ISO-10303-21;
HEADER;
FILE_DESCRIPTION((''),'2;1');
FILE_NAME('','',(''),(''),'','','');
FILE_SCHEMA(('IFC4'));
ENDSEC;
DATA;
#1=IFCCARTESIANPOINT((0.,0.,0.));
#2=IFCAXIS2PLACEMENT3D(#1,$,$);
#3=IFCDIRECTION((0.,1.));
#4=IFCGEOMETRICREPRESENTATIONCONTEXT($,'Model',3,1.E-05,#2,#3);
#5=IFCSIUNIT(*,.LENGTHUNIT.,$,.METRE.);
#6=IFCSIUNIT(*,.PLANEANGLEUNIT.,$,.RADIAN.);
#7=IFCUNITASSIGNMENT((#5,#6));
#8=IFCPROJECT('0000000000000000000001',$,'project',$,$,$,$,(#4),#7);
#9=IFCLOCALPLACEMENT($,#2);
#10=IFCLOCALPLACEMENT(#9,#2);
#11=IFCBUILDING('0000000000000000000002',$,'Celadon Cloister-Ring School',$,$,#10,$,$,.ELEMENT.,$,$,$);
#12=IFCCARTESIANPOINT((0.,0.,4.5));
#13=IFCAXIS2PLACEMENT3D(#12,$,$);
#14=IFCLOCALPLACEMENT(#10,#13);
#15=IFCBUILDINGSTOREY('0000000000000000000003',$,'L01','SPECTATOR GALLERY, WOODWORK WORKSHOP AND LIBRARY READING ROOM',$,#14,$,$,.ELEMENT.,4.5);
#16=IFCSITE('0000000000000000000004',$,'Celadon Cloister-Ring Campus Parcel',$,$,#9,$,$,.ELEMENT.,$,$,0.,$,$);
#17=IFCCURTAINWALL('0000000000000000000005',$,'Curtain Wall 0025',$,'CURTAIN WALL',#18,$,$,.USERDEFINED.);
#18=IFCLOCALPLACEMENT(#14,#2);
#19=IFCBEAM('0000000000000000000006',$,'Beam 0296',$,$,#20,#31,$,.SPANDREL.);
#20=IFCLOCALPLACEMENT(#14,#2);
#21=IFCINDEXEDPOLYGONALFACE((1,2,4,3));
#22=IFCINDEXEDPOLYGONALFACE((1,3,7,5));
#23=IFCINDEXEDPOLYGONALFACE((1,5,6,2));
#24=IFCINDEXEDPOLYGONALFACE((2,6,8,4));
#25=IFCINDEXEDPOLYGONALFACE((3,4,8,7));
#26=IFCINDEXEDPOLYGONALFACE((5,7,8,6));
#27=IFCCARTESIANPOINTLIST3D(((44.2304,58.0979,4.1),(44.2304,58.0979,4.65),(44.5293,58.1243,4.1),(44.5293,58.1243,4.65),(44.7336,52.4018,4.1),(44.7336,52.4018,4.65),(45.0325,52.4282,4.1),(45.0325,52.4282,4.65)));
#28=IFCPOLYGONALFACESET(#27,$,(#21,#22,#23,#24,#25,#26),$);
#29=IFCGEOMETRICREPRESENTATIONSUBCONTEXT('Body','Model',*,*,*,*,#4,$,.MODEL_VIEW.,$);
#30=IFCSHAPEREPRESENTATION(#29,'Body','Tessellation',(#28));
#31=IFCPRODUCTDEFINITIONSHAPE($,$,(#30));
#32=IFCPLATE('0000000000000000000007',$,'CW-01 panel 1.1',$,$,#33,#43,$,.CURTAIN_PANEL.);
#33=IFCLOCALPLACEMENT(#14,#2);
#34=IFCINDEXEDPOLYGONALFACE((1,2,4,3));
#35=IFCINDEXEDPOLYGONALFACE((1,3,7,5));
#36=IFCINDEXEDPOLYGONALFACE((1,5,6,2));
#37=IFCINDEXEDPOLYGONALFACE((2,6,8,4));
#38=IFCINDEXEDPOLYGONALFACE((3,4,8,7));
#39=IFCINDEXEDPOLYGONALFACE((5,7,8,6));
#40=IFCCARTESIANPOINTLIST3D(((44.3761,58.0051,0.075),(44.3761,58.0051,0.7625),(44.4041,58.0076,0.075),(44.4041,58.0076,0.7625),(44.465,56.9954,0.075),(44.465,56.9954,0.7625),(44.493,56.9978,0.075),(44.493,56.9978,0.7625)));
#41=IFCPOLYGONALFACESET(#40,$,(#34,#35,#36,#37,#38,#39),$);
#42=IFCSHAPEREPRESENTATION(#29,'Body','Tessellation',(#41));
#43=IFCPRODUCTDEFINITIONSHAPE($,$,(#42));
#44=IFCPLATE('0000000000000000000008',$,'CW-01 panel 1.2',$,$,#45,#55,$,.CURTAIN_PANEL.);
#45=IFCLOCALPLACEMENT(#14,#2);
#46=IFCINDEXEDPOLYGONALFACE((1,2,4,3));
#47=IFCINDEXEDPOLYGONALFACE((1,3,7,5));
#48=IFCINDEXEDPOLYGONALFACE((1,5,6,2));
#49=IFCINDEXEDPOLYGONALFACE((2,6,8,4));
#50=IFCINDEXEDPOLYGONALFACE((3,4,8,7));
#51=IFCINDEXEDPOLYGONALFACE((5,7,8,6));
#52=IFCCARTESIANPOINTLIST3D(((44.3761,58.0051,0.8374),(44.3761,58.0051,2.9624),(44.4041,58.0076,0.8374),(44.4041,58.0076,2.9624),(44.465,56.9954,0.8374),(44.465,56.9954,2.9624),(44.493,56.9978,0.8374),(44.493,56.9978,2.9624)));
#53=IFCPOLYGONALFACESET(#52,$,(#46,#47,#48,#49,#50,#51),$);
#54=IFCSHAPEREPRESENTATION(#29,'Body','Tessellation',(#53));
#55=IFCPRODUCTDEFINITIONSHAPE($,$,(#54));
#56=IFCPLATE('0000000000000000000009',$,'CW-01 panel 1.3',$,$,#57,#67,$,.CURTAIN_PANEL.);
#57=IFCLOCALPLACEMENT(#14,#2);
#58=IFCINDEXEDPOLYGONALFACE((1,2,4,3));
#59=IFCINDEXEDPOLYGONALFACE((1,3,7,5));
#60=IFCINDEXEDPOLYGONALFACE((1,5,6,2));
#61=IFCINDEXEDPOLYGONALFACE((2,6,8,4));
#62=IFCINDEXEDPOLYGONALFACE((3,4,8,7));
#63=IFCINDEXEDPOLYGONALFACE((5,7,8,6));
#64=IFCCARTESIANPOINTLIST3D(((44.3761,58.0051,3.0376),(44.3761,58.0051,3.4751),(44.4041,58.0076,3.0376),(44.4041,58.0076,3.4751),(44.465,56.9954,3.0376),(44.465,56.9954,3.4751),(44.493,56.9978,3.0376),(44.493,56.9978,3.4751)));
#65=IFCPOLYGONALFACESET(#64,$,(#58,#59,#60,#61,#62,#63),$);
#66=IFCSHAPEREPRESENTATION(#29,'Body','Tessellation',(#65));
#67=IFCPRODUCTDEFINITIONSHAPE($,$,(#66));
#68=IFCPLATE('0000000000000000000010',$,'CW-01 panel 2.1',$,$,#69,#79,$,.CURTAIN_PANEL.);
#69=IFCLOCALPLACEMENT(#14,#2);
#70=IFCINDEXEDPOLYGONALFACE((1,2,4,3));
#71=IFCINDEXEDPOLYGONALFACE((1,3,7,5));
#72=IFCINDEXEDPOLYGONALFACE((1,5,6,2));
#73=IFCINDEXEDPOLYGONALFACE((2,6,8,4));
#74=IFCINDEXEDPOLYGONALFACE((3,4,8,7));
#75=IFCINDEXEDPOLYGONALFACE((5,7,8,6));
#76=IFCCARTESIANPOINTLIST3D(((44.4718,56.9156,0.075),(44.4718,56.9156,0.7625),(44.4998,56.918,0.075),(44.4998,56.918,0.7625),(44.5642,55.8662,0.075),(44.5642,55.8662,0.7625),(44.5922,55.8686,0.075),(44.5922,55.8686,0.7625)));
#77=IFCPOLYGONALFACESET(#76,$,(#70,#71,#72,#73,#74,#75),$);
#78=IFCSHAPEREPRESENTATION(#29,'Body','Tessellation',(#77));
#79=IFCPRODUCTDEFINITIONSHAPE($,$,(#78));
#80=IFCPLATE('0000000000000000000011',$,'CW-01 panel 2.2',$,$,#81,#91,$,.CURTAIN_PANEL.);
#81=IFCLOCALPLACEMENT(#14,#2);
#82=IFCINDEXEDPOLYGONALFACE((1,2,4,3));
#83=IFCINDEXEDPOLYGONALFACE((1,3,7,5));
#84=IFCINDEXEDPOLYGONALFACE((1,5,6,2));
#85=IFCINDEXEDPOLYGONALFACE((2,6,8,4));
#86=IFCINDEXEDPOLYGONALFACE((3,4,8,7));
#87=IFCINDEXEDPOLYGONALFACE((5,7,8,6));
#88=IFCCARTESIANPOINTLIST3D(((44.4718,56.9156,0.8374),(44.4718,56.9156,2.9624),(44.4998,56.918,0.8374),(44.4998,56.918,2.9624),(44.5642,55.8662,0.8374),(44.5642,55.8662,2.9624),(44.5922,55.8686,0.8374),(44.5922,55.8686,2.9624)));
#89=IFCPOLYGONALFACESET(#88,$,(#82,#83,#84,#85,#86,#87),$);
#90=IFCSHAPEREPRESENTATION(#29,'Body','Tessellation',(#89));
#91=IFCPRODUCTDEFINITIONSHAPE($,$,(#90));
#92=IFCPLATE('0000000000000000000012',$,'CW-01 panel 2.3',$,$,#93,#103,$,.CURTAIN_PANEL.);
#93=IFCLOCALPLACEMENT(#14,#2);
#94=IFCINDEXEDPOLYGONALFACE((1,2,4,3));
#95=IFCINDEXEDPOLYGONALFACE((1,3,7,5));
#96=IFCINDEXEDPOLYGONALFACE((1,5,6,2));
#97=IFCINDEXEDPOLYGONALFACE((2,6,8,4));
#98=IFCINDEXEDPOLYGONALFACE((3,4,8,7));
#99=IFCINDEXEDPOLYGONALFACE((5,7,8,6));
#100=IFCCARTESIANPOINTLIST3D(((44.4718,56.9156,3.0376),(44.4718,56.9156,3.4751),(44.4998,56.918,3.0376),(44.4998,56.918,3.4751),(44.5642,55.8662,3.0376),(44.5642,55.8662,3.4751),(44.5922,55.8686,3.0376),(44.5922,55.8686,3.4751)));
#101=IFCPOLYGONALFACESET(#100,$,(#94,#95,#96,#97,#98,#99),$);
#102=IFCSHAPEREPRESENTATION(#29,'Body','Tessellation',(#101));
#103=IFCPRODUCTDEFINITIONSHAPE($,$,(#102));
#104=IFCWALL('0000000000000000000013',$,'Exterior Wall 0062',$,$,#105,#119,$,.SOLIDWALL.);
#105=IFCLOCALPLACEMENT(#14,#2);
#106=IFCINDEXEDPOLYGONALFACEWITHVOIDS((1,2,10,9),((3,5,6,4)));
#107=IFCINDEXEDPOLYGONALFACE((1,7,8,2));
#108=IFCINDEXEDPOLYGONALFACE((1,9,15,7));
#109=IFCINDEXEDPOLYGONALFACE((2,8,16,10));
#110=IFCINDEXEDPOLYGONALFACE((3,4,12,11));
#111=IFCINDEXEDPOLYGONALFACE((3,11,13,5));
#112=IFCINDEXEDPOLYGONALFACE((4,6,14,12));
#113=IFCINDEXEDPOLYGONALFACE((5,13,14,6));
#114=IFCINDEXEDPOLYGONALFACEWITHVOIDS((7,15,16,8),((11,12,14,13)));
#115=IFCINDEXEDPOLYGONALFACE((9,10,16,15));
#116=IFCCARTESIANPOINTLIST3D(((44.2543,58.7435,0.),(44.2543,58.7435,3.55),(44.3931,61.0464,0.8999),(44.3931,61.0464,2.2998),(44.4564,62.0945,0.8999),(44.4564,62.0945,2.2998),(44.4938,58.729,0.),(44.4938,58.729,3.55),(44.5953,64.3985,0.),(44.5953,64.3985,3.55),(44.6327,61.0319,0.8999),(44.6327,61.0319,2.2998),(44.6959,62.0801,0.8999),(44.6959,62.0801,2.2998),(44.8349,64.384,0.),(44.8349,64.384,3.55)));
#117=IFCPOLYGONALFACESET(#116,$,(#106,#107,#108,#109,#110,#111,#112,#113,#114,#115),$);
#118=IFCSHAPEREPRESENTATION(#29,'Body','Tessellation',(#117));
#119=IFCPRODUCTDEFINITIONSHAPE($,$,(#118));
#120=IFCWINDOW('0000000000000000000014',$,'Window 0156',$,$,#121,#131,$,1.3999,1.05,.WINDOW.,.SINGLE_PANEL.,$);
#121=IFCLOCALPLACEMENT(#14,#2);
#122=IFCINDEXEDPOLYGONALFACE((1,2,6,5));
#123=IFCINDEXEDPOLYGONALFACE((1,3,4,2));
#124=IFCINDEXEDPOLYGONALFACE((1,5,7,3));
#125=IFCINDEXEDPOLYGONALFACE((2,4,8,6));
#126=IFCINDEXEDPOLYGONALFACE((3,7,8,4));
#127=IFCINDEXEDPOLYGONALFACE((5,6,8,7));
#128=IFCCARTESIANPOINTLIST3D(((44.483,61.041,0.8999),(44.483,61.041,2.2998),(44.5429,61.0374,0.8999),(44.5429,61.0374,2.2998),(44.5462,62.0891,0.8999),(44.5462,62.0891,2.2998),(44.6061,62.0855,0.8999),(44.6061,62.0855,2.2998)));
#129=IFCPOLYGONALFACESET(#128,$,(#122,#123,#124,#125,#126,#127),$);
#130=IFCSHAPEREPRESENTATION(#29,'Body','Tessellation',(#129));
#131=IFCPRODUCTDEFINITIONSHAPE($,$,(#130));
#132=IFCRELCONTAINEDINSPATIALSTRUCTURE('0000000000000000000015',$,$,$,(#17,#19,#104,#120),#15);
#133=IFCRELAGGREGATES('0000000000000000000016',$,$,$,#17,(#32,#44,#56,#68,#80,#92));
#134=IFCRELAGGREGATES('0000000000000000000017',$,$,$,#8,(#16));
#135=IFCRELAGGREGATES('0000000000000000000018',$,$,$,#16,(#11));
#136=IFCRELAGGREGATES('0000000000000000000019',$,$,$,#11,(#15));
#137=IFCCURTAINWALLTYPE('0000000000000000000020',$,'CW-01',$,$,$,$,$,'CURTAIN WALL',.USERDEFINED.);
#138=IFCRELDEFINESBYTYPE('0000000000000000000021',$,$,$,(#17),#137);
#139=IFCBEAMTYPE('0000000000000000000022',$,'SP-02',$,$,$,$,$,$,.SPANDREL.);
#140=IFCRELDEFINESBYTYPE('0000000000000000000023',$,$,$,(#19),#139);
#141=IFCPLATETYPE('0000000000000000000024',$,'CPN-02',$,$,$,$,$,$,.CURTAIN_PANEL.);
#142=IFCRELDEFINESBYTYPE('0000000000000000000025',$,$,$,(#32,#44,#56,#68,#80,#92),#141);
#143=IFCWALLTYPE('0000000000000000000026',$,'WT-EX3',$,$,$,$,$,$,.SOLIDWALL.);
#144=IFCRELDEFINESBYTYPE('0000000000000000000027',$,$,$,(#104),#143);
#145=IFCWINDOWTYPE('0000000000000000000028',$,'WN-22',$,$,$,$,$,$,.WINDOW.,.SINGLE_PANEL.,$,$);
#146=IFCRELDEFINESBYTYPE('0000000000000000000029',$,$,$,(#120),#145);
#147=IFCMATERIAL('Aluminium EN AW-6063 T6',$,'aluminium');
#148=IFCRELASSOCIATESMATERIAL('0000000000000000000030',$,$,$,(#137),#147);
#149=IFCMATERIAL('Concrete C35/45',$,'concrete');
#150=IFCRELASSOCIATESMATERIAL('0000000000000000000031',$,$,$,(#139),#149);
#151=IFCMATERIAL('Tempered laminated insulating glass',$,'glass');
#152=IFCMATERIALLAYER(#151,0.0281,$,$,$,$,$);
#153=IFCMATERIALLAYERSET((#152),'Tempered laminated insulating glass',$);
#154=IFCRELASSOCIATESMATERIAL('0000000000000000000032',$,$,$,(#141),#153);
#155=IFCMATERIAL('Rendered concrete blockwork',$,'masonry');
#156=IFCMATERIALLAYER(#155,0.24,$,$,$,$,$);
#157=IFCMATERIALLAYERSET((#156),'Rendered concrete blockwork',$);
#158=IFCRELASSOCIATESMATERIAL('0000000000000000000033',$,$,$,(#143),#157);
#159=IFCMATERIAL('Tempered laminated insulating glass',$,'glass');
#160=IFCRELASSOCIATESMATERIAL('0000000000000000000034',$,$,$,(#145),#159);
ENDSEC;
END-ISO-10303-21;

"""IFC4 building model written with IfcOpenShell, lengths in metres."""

from ifc_helpers import new_model, si_unit, direction, frame, frame_2d, origin, origin_2d, place, context, subcontext, project, spatial, rectangle, extrude, material, layer, layer_set, material_profile, profile_set, type_object, element, fill, aggregate, save


model = new_model("IFC4")

# Units and contexts
model_context = context("Model", 3, precision=1e-05, world=origin(), true_north=direction((0.0, 1.0)))
body_context = subcontext(model_context, "Body", "Model", "MODEL_VIEW")
ifc_project = project(units=[si_unit("LENGTHUNIT", "METRE"), si_unit("PLANEANGLEUNIT", "RADIAN")], contexts=[model_context])

# Site, building, storey
site_placement = place(None, origin())
site = spatial("IfcSite", under=ifc_project, at=site_placement, Name="Celadon Cloister-Ring Campus Parcel", CompositionType="ELEMENT", RefElevation=0.0)
building_placement = place(site_placement, origin())
building = spatial("IfcBuilding", under=site, at=building_placement, Name="Celadon Cloister-Ring School", CompositionType="ELEMENT")
storey_placement = place(building_placement, frame((0.0, 0.0, 4.5)))
storey = spatial("IfcBuildingStorey", under=building, at=storey_placement, Name="L01", Description="SPECTATOR GALLERY, WOODWORK WORKSHOP AND LIBRARY READING ROOM", CompositionType="ELEMENT", Elevation=4.5)

# Curtain wall
ifc_material_1 = material(Name="Aluminium EN AW-6063 T6", Category="aluminium")
curtain_wall_type = type_object("IfcCurtainWallType", Name="CW-01", ElementType="CURTAIN WALL", PredefinedType="USERDEFINED", material=ifc_material_1)
curtain_wall_placement = place(storey_placement, origin())
curtain_wall = element("IfcCurtainWall", 1, at=curtain_wall_placement, inside=storey, type_object=curtain_wall_type, Name="Curtain Wall 0025", ObjectType="CURTAIN WALL", PredefinedType="USERDEFINED")

# Beam
ifc_material_2 = material(Name="Concrete C35/45", Category="concrete")
ifc_material_profile_1 = material_profile(ifc_material_2, rectangle(XDim=0.3, YDim=0.55, at=origin_2d()), Name="RC300X550")
ifc_profile_set_1 = profile_set([ifc_material_profile_1], Name="Concrete C35/45")
beam_type_1 = type_object("IfcBeamType", Name="SP-02", PredefinedType="SPANDREL", material=ifc_profile_set_1)
beam_1_placement = place(storey_placement, frame((44.3799, 58.1111, 4.375), z_axis=(0.087995, -0.996121, 0.0), x_axis=(0.996121, 0.087995, 0.0)))
element("IfcBeam", 2, at=beam_1_placement, inside=storey, type_object=beam_type_1, Name="Beam 0296", PredefinedType="SPANDREL", context=body_context, shape_type="SweptSolid", body=[
    extrude(rectangle(XDim=0.3, YDim=0.55, at=origin_2d()), origin(), (0.0, 0.0, 1.0), 5.7183),
])

# Plates
ifc_material_3 = material(Name="Tempered laminated insulating glass", Category="glass")
ifc_layer_1 = layer(ifc_material_3, 0.0281)
ifc_layer_set_1 = layer_set([ifc_layer_1], Name="Tempered laminated insulating glass")
plate_type = type_object("IfcPlateType", Name="CPN-02", PredefinedType="CURTAIN_PANEL", material=ifc_layer_set_1)
plate_1_placement = place(storey_placement, frame((44.4346, 57.5015, 0.075), z_axis=(0.0, 0.0, 1.0), x_axis=(0.087688, -0.996148, 0.0)))
plate_1 = element("IfcPlate", 3, at=plate_1_placement, type_object=plate_type, Name="CW-01 panel 1.1", PredefinedType="CURTAIN_PANEL", context=body_context, shape_type="SweptSolid", body=[
    extrude(rectangle(XDim=1.0137, YDim=0.0281, at=origin_2d()), origin(), (0.0, 0.0, 1.0), 0.6875),
])
plate_2_placement = place(storey_placement, frame((44.4346, 57.5015, 0.8374), z_axis=(0.0, 0.0, 1.0), x_axis=(0.087688, -0.996148, 0.0)))
plate_2 = element("IfcPlate", 4, at=plate_2_placement, type_object=plate_type, Name="CW-01 panel 1.2", PredefinedType="CURTAIN_PANEL", context=body_context, shape_type="SweptSolid", body=[
    extrude(rectangle(XDim=1.0137, YDim=0.0281, at=origin_2d()), origin(), (0.0, 0.0, 1.0), 2.125),
])
plate_3_placement = place(storey_placement, frame((44.4346, 57.5015, 3.0376), z_axis=(0.0, 0.0, 1.0), x_axis=(0.087688, -0.996148, 0.0)))
plate_3 = element("IfcPlate", 5, at=plate_3_placement, type_object=plate_type, Name="CW-01 panel 1.3", PredefinedType="CURTAIN_PANEL", context=body_context, shape_type="SweptSolid", body=[
    extrude(rectangle(XDim=1.0137, YDim=0.0281, at=origin_2d()), origin(), (0.0, 0.0, 1.0), 0.4375),
])
plate_4_placement = place(storey_placement, frame((44.532, 56.3921, 0.075), z_axis=(0.0, 0.0, 1.0), x_axis=(0.087688, -0.996148, 0.0)))
plate_4 = element("IfcPlate", 6, at=plate_4_placement, type_object=plate_type, Name="CW-01 panel 2.1", PredefinedType="CURTAIN_PANEL", context=body_context, shape_type="SweptSolid", body=[
    extrude(rectangle(XDim=1.0535, YDim=0.0281, at=origin_2d()), origin(), (0.0, 0.0, 1.0), 0.6875),
])
plate_5_placement = place(storey_placement, frame((44.532, 56.3921, 0.8374), z_axis=(0.0, 0.0, 1.0), x_axis=(0.087688, -0.996148, 0.0)))
plate_5 = element("IfcPlate", 7, at=plate_5_placement, type_object=plate_type, Name="CW-01 panel 2.2", PredefinedType="CURTAIN_PANEL", context=body_context, shape_type="SweptSolid", body=[
    extrude(rectangle(XDim=1.0535, YDim=0.0281, at=origin_2d()), origin(), (0.0, 0.0, 1.0), 2.125),
])
plate_6_placement = place(storey_placement, frame((44.532, 56.3921, 3.0376), z_axis=(0.0, 0.0, 1.0), x_axis=(0.087688, -0.996148, 0.0)))
plate_6 = element("IfcPlate", 8, at=plate_6_placement, type_object=plate_type, Name="CW-01 panel 2.3", PredefinedType="CURTAIN_PANEL", context=body_context, shape_type="SweptSolid", body=[
    extrude(rectangle(XDim=1.0535, YDim=0.0281, at=origin_2d()), origin(), (0.0, 0.0, 1.0), 0.4375),
])
aggregate(curtain_wall, [plate_1, plate_2, plate_3, plate_4, plate_5, plate_6])

# Wall, opening, window
ifc_material_4 = material(Name="Rendered concrete blockwork", Category="masonry")
ifc_layer_2 = layer(ifc_material_4, 0.24)
ifc_layer_set_2 = layer_set([ifc_layer_2], Name="Rendered concrete blockwork")
wall_type = type_object("IfcWallType", Name="WT-EX3", PredefinedType="SOLIDWALL", material=ifc_layer_set_2)
wall_placement = place(storey_placement, frame((44.7151, 64.3911, 0.0), z_axis=(0.0, 0.0, 1.0), x_axis=(-0.060202, -0.998186, 0.0)))
wall = element("IfcWall", 9, at=wall_placement, inside=storey, type_object=wall_type, Name="Exterior Wall 0062", PredefinedType="SOLIDWALL", context=body_context, shape_type="SweptSolid", body=[
    extrude(rectangle(XDim=5.6653, YDim=0.24, at=frame_2d((2.8325, 0.0))), origin(), (0.0, 0.0, 1.0), 3.55),
])
opening_placement = place(wall_placement, frame((2.3081, 0.0, 0.8999)))
opening = element("IfcOpeningElement", 10, at=opening_placement, cuts=wall, PredefinedType="OPENING", context=body_context, shape_type="SweptSolid", body=[
    extrude(rectangle(XDim=1.05, YDim=1.3999, at=frame_2d((0.5249, 0.7))), frame((0.0, 0.1299, 0.0), z_axis=(0.0, -1.0, 0.0), x_axis=(1.0, 0.0, 0.0)), (0.0, 0.0, 1.0), 0.26),
])
ifc_material_5 = material(Name="Tempered laminated insulating glass", Category="glass")
window_type = type_object("IfcWindowType", Name="WN-22", PartitioningType="SINGLE_PANEL", PredefinedType="WINDOW", material=ifc_material_5)
window_placement = place(opening_placement, origin())
window = element("IfcWindow", 11, at=window_placement, inside=storey, type_object=window_type, Name="Window 0156", OverallHeight=1.3999, OverallWidth=1.05, PartitioningType="SINGLE_PANEL", PredefinedType="WINDOW", context=body_context, shape_type="SweptSolid", body=[
    extrude(rectangle(XDim=1.05, YDim=1.3999, at=frame_2d((0.5249, 0.7))), frame((0.0, 0.03, 0.0), z_axis=(0.0, -1.0, 0.0), x_axis=(1.0, 0.0, 0.0)), (0.0, 0.0, 1.0), 0.0601),
])
fill(opening, window)

save(model, "model.ifc")
